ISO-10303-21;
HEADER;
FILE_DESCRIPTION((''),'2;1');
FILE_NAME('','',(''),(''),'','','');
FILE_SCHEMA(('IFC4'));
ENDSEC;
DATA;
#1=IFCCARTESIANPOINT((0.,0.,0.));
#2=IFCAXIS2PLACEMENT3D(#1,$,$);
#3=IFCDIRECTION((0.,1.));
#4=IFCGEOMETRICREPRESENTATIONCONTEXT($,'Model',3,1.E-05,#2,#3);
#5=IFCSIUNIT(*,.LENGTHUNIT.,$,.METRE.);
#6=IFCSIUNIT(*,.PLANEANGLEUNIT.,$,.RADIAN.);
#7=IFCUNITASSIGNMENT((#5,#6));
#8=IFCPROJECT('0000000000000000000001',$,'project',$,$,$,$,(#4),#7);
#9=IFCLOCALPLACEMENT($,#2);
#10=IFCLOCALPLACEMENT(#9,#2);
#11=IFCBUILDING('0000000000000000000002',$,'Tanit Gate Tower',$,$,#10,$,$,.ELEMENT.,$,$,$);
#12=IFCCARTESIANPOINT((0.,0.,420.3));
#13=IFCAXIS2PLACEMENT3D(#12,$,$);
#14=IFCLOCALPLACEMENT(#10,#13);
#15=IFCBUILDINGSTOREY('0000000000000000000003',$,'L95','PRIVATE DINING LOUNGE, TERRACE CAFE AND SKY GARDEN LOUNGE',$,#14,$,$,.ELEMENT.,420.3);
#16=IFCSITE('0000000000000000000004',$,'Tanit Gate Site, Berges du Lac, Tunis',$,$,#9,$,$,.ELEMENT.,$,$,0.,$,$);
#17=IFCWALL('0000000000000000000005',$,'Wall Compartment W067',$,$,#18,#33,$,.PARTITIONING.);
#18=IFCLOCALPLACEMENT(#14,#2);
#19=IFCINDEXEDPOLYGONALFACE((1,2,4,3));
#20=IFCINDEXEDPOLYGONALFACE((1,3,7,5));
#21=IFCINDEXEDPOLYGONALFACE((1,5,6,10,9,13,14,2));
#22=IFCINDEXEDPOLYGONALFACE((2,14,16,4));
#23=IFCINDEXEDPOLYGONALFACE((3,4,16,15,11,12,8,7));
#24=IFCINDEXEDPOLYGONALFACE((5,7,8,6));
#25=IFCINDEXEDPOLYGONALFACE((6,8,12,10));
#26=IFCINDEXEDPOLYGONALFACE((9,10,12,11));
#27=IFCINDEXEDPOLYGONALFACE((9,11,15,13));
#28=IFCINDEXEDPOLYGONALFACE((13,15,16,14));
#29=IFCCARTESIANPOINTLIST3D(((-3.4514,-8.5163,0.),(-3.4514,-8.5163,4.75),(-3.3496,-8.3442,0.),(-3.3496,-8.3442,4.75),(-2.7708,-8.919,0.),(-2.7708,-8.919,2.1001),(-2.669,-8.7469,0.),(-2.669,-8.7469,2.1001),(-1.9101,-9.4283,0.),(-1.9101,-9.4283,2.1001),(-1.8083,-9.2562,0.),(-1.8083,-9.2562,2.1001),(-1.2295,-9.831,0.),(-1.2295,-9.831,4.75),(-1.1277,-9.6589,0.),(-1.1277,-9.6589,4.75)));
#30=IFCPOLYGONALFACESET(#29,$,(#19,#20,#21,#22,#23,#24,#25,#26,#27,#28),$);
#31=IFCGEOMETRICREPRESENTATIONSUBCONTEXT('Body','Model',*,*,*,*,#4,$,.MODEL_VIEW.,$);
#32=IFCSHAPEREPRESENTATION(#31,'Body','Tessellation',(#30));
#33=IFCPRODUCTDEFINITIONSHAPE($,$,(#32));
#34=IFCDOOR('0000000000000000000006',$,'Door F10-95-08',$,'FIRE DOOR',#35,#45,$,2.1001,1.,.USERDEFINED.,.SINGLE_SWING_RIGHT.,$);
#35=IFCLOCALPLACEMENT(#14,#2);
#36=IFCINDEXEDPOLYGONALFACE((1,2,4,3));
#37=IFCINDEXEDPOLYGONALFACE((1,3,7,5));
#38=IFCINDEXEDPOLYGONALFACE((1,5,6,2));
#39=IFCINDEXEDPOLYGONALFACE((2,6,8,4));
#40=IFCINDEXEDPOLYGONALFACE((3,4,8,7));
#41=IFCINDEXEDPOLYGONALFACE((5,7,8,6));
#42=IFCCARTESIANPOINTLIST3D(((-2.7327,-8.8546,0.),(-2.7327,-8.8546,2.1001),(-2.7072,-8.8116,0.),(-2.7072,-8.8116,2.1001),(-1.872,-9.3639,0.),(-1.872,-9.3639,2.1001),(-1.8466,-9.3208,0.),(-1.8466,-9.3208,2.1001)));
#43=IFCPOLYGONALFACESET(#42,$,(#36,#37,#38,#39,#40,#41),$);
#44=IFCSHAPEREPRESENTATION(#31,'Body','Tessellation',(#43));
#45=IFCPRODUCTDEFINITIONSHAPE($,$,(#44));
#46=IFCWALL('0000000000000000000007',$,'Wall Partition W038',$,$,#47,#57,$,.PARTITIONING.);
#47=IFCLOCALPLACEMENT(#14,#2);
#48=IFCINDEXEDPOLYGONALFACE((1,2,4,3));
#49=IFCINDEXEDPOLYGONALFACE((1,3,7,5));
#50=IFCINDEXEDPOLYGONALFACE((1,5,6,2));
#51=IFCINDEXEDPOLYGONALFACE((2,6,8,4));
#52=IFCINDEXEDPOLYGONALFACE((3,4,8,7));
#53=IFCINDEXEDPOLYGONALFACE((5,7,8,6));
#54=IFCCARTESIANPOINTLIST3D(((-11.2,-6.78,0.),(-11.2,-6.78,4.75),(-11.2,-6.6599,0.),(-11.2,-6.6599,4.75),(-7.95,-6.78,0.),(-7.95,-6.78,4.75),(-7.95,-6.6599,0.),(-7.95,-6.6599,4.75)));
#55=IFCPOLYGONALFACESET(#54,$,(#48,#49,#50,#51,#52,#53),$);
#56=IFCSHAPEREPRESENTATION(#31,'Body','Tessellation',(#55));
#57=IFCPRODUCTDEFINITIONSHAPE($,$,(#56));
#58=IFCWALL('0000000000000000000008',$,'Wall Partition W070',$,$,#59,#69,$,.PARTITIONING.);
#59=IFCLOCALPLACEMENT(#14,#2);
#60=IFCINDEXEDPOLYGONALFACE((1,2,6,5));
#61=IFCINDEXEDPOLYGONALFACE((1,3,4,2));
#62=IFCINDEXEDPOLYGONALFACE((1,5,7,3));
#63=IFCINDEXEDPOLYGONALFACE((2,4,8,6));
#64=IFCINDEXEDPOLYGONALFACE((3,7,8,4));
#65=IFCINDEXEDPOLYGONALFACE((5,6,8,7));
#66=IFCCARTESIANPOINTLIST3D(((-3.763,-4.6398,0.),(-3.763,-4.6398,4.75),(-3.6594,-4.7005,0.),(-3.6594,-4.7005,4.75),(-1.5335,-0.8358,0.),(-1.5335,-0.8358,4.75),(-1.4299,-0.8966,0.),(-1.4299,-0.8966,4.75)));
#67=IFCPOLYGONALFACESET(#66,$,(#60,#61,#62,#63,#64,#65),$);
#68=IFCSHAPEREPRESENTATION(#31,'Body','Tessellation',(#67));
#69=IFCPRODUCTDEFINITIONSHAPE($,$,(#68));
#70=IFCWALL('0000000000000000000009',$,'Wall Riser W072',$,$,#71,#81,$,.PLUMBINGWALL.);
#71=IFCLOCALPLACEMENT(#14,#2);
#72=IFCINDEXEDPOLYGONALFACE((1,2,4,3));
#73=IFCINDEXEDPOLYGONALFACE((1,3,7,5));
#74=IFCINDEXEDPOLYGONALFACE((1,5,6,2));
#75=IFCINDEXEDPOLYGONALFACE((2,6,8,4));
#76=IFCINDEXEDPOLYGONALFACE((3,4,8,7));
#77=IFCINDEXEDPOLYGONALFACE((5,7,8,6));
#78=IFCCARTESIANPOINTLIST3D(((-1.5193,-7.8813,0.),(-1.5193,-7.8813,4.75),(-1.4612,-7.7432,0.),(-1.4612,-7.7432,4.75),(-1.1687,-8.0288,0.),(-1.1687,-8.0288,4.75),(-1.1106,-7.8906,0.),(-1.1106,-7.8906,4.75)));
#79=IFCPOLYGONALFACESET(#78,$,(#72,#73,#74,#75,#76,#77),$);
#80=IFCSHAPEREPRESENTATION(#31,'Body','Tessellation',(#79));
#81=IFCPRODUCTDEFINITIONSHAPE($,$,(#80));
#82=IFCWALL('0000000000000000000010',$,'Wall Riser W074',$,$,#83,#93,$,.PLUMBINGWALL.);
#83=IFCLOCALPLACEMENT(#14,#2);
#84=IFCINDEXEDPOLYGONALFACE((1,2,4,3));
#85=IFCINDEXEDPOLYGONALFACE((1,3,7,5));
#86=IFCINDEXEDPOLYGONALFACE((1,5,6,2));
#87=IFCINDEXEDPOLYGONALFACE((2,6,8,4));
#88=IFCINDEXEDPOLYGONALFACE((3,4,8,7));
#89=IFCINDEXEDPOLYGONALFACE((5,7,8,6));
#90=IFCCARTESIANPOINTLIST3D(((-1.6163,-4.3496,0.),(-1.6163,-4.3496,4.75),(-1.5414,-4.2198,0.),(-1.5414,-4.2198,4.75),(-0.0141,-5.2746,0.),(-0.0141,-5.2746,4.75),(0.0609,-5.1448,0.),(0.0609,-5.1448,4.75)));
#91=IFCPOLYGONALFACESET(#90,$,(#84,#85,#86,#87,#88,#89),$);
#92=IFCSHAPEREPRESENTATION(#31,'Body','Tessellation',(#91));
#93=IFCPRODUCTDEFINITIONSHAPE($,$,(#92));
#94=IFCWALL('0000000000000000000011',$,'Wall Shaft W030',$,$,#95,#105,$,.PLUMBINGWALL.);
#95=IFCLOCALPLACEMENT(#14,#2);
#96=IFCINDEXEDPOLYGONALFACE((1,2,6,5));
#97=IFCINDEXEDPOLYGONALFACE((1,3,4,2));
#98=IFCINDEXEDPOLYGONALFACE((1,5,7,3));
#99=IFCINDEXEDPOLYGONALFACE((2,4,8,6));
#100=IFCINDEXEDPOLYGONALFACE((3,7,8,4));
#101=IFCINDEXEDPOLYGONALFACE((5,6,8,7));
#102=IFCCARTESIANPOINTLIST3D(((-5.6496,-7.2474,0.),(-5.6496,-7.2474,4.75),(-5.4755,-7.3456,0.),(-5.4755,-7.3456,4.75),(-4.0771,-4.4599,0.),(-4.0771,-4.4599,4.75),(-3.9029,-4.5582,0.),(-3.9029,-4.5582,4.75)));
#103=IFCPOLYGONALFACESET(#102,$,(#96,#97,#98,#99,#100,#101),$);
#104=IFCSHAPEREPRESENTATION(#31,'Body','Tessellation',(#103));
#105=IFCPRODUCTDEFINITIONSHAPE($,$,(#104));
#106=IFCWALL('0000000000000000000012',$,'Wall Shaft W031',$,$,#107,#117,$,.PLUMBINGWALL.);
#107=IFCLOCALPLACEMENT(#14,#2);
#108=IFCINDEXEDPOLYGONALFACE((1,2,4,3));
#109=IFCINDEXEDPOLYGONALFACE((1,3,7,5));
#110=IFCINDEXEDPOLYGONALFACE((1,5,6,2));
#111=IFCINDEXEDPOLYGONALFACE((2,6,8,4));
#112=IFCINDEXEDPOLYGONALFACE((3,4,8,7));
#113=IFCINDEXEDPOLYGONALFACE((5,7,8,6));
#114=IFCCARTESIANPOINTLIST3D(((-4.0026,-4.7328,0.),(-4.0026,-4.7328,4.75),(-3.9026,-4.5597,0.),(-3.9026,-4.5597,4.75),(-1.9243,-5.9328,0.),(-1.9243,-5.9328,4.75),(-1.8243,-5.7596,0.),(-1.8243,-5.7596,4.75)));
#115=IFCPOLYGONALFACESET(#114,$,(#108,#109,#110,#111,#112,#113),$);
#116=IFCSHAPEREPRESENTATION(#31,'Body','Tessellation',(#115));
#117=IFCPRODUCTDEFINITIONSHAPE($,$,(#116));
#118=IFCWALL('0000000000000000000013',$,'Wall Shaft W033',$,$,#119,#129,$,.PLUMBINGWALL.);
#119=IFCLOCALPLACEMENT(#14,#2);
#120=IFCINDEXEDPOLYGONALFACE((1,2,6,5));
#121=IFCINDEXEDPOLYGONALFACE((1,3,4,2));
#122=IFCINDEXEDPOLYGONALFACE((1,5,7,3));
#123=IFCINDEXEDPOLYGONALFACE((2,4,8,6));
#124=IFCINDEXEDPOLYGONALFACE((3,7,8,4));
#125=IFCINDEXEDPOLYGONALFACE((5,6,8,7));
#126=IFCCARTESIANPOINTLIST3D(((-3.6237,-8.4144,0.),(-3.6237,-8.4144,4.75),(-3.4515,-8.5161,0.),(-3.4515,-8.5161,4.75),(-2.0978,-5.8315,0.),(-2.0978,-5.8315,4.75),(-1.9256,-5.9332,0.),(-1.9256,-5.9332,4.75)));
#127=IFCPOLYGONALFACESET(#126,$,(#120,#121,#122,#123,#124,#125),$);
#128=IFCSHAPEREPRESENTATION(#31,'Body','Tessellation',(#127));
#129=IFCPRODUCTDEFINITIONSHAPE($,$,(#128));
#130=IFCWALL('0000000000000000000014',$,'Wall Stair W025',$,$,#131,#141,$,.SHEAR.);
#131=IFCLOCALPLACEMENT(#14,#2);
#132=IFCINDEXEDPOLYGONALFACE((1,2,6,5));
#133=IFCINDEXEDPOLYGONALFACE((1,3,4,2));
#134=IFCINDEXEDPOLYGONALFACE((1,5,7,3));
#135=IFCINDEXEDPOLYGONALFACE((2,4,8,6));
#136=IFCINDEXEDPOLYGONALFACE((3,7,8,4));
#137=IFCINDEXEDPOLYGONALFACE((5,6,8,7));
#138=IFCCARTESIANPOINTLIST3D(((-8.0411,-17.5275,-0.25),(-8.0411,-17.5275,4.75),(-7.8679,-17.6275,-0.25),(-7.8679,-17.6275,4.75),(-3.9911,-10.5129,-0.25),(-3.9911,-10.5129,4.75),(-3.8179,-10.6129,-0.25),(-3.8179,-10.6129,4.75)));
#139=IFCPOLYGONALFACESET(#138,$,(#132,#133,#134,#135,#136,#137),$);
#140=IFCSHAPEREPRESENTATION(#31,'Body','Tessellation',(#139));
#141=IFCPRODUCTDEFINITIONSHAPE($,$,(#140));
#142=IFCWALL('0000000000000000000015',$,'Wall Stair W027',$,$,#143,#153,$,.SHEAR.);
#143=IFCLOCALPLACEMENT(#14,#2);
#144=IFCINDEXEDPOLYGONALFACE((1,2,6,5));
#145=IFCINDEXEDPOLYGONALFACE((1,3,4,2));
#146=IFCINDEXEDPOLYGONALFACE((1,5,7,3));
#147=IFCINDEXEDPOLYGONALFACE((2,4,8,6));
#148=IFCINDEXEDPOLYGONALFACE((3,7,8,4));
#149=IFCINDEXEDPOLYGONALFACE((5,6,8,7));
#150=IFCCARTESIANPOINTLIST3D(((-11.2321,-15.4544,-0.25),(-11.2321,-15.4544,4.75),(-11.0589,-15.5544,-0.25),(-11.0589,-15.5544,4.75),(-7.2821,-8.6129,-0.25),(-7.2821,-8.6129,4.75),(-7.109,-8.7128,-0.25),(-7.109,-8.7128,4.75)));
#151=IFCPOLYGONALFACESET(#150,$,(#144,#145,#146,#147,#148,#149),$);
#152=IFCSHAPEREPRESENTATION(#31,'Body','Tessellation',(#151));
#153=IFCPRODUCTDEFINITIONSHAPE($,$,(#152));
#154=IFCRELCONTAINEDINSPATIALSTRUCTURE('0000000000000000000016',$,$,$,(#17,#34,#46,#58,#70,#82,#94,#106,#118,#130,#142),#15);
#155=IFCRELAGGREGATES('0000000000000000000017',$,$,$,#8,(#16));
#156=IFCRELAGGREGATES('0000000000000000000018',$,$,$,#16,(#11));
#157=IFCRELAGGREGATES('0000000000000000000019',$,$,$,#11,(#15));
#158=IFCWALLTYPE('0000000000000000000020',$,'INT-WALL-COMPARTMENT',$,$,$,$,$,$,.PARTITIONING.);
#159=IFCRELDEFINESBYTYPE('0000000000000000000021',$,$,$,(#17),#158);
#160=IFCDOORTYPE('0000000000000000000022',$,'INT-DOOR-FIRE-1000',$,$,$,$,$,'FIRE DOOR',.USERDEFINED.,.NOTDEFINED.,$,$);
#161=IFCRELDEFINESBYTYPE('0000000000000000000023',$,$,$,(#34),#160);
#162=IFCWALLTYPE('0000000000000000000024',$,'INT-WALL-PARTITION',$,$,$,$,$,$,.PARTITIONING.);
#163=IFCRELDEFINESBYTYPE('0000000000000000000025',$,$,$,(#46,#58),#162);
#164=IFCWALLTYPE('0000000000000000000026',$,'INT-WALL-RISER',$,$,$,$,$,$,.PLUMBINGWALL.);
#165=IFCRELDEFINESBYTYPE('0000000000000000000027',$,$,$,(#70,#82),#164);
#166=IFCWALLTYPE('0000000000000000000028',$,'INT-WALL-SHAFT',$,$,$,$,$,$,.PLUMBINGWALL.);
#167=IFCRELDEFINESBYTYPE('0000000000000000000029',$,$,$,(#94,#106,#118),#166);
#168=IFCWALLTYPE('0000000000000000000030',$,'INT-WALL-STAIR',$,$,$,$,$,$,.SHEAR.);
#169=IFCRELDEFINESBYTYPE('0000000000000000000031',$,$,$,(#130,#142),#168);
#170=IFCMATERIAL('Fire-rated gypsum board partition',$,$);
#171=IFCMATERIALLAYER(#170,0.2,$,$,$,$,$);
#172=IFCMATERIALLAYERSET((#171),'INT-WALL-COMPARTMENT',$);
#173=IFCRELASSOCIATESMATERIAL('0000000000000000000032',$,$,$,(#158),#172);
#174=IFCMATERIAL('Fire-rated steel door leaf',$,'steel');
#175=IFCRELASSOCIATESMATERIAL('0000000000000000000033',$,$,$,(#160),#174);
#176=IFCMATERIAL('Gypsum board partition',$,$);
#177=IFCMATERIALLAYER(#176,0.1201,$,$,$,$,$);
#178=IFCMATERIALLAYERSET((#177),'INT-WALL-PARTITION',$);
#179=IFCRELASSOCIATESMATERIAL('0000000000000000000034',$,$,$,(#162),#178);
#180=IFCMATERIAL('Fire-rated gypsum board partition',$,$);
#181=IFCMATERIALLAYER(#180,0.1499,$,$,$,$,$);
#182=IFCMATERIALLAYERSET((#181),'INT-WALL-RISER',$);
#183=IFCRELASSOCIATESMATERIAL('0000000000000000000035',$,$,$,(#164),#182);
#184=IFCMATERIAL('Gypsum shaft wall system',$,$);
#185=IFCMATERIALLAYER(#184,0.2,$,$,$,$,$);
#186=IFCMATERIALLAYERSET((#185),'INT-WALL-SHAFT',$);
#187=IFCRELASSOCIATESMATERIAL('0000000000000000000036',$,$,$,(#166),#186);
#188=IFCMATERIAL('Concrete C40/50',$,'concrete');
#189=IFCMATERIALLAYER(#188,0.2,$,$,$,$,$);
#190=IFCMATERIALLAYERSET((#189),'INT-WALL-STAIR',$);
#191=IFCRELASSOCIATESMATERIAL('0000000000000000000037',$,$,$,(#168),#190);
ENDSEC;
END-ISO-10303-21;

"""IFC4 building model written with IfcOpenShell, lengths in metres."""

from ifc_helpers import new_model, si_unit, direction, frame, frame_2d, origin, place, context, subcontext, project, spatial, rectangle, extrude, material, layer, layer_set, type_object, element, fill, save


model = new_model("IFC4")

# Units and contexts
model_context = context("Model", 3, precision=1e-05, world=origin(), true_north=direction((0.0, 1.0)))
body_context = subcontext(model_context, "Body", "Model", "MODEL_VIEW")
ifc_project = project(units=[si_unit("LENGTHUNIT", "METRE"), si_unit("PLANEANGLEUNIT", "RADIAN")], contexts=[model_context])

# Site, building, storey
site_placement = place(None, origin())
site = spatial("IfcSite", under=ifc_project, at=site_placement, Name="Tanit Gate Site, Berges du Lac, Tunis", CompositionType="ELEMENT", RefElevation=0.0)
building_placement = place(site_placement, origin())
building = spatial("IfcBuilding", under=site, at=building_placement, Name="Tanit Gate Tower", CompositionType="ELEMENT")
storey_placement = place(building_placement, frame((0.0, 0.0, 420.3)))
storey = spatial("IfcBuildingStorey", under=building, at=storey_placement, Name="L95", Description="PRIVATE DINING LOUNGE, TERRACE CAFE AND SKY GARDEN LOUNGE", CompositionType="ELEMENT", Elevation=420.3)

# Shared definitions
ifc_material_1 = material(Name="Fire-rated gypsum board partition")
ifc_layer_1 = layer(ifc_material_1, 0.2)
ifc_layer_set_1 = layer_set([ifc_layer_1], Name="INT-WALL-COMPARTMENT")
wall_type_1 = type_object("IfcWallType", Name="INT-WALL-COMPARTMENT", PredefinedType="PARTITIONING", material=ifc_layer_set_1)

# Wall, opening, door
wall_1_placement = place(storey_placement, frame((-3.4006, -8.4302, 0.0), z_axis=(0.0, 0.0, 1.0), x_axis=(0.860631, -0.509229, 0.0)))
wall_1 = element("IfcWall", 1, at=wall_1_placement, inside=storey, type_object=wall_type_1, Name="Wall Compartment W067", PredefinedType="PARTITIONING", context=body_context, shape_type="SweptSolid", body=[
    extrude(rectangle(XDim=2.5818, YDim=0.2, at=frame_2d((1.291, 0.0))), origin(), (0.0, 0.0, 1.0), 4.75),
])
opening_1_placement = place(wall_1_placement, frame((0.791, 0.0, 0.0)))
opening_1 = element("IfcOpeningElement", 2, at=opening_1_placement, cuts=wall_1, PredefinedType="OPENING", context=body_context, shape_type="SweptSolid", body=[
    extrude(rectangle(XDim=1.0, YDim=2.1001, at=frame_2d((0.5, 1.05))), frame((0.0, 0.1099, 0.0), z_axis=(0.0, -1.0, 0.0), x_axis=(1.0, 0.0, 0.0)), (0.0, 0.0, 1.0), 0.22),
])
ifc_material_2 = material(Name="Fire-rated steel door leaf", Category="steel")
door_type_1 = type_object("IfcDoorType", Name="INT-DOOR-FIRE-1000", ElementType="FIRE DOOR", OperationType="NOTDEFINED", PredefinedType="USERDEFINED", material=ifc_material_2)
door_1_placement = place(opening_1_placement, origin())
door_1 = element("IfcDoor", 3, at=door_1_placement, inside=storey, type_object=door_type_1, Name="Door F10-95-08", ObjectType="FIRE DOOR", OperationType="SINGLE_SWING_RIGHT", OverallHeight=2.1001, OverallWidth=1.0, PredefinedType="USERDEFINED", context=body_context, shape_type="SweptSolid", body=[
    extrude(rectangle(XDim=1.0, YDim=2.1001, at=frame_2d((0.5, 1.05))), frame((0.0, 0.0249, 0.0), z_axis=(0.0, -1.0, 0.0), x_axis=(1.0, 0.0, 0.0)), (0.0, 0.0, 1.0), 0.05),
])
fill(opening_1, door_1)

# Walls
ifc_material_3 = material(Name="Gypsum board partition")
ifc_layer_2 = layer(ifc_material_3, 0.1201)
ifc_layer_set_2 = layer_set([ifc_layer_2], Name="INT-WALL-PARTITION")
wall_type_2 = type_object("IfcWallType", Name="INT-WALL-PARTITION", PredefinedType="PARTITIONING", material=ifc_layer_set_2)
wall_2_placement = place(storey_placement, frame((-11.2, -6.72, 0.0), z_axis=(0.0, 0.0, 1.0), x_axis=(1.0, 0.0, 0.0)))
element("IfcWall", 4, at=wall_2_placement, inside=storey, type_object=wall_type_2, Name="Wall Partition W038", PredefinedType="PARTITIONING", context=body_context, shape_type="SweptSolid", body=[
    extrude(rectangle(XDim=3.25, YDim=0.1201, at=frame_2d((1.625, 0.0))), origin(), (0.0, 0.0, 1.0), 4.75),
])
wall_3_placement = place(storey_placement, frame((-3.7112, -4.6702, 0.0), z_axis=(0.0, 0.0, 1.0), x_axis=(0.50565, 0.862739, 0.0)))
element("IfcWall", 5, at=wall_3_placement, inside=storey, type_object=wall_type_2, Name="Wall Partition W070", PredefinedType="PARTITIONING", context=body_context, shape_type="SweptSolid", body=[
    extrude(rectangle(XDim=4.4092, YDim=0.1201, at=frame_2d((2.2046, 0.0))), origin(), (0.0, 0.0, 1.0), 4.75),
])
ifc_material_4 = material(Name="Fire-rated gypsum board partition")
ifc_layer_3 = layer(ifc_material_4, 0.1499)
ifc_layer_set_3 = layer_set([ifc_layer_3], Name="INT-WALL-RISER")
wall_type_3 = type_object("IfcWallType", Name="INT-WALL-RISER", PredefinedType="PLUMBINGWALL", material=ifc_layer_set_3)
wall_4_placement = place(storey_placement, frame((-1.4902, -7.8123, 0.0), z_axis=(0.0, 0.0, 1.0), x_axis=(0.92178, -0.387713, 0.0)))
element("IfcWall", 6, at=wall_4_placement, inside=storey, type_object=wall_type_3, Name="Wall Riser W072", PredefinedType="PLUMBINGWALL", context=body_context, shape_type="SweptSolid", body=[
    extrude(rectangle(XDim=0.3804, YDim=0.1499, at=frame_2d((0.1902, 0.0))), origin(), (0.0, 0.0, 1.0), 4.75),
])
wall_5_placement = place(storey_placement, frame((-1.5789, -4.2847, 0.0), z_axis=(0.0, 0.0, 1.0), x_axis=(0.866034, -0.499985, 0.0)))
element("IfcWall", 7, at=wall_5_placement, inside=storey, type_object=wall_type_3, Name="Wall Riser W074", PredefinedType="PLUMBINGWALL", context=body_context, shape_type="SweptSolid", body=[
    extrude(rectangle(XDim=1.8501, YDim=0.1499, at=frame_2d((0.925, 0.0))), origin(), (0.0, 0.0, 1.0), 4.75),
])

# Shared definitions
ifc_material_5 = material(Name="Gypsum shaft wall system")
ifc_layer_4 = layer(ifc_material_5, 0.2)
ifc_layer_set_4 = layer_set([ifc_layer_4], Name="INT-WALL-SHAFT")
wall_type_4 = type_object("IfcWallType", Name="INT-WALL-SHAFT", PredefinedType="PLUMBINGWALL", material=ifc_layer_set_4)

# Walls
wall_6_placement = place(storey_placement, frame((-5.5625, -7.2964, 0.0), z_axis=(0.0, 0.0, 1.0), x_axis=(0.491358, 0.870958, 0.0)))
element("IfcWall", 8, at=wall_6_placement, inside=storey, type_object=wall_type_4, Name="Wall Shaft W030", PredefinedType="PLUMBINGWALL", context=body_context, shape_type="SweptSolid", body=[
    extrude(rectangle(XDim=3.2004, YDim=0.2, at=frame_2d((1.6001, 0.0))), origin(), (0.0, 0.0, 1.0), 4.75),
])
wall_7_placement = place(storey_placement, frame((-3.9526, -4.6462, 0.0), z_axis=(0.0, 0.0, 1.0), x_axis=(0.866025, -0.500001, 0.0)))
element("IfcWall", 9, at=wall_7_placement, inside=storey, type_object=wall_type_4, Name="Wall Shaft W031", PredefinedType="PLUMBINGWALL", context=body_context, shape_type="SweptSolid", body=[
    extrude(rectangle(XDim=2.3999, YDim=0.2, at=frame_2d((1.2, 0.0))), origin(), (0.0, 0.0, 1.0), 4.75),
])
wall_8_placement = place(storey_placement, frame((-2.0117, -5.8823, 0.0), z_axis=(0.0, 0.0, 1.0), x_axis=(-0.50862, -0.860991, 0.0)))
element("IfcWall", 10, at=wall_8_placement, inside=storey, type_object=wall_type_4, Name="Wall Shaft W033", PredefinedType="PLUMBINGWALL", context=body_context, shape_type="SweptSolid", body=[
    extrude(rectangle(XDim=3.0, YDim=0.2, at=frame_2d((1.5, 0.0))), origin(), (0.0, 0.0, 1.0), 4.75),
])
ifc_material_6 = material(Name="Concrete C40/50", Category="concrete")
ifc_layer_5 = layer(ifc_material_6, 0.2)
ifc_layer_set_5 = layer_set([ifc_layer_5], Name="INT-WALL-STAIR")
wall_type_5 = type_object("IfcWallType", Name="INT-WALL-STAIR", PredefinedType="SHEAR", material=ifc_layer_set_5)
wall_9_placement = place(storey_placement, frame((-3.9045, -10.563, -0.25), z_axis=(0.0, 0.0, 1.0), x_axis=(-0.500013, -0.866018, 0.0)))
element("IfcWall", 11, at=wall_9_placement, inside=storey, type_object=wall_type_5, Name="Wall Stair W025", PredefinedType="SHEAR", context=body_context, shape_type="SweptSolid", body=[
    extrude(rectangle(XDim=8.0999, YDim=0.2, at=frame_2d((4.0498, 0.0))), origin(), (0.0, 0.0, 1.0), 5.0),
])
wall_10_placement = place(storey_placement, frame((-7.1956, -8.6628, -0.25), z_axis=(0.0, 0.0, 1.0), x_axis=(-0.499998, -0.866027, 0.0)))
element("IfcWall", 12, at=wall_10_placement, inside=storey, type_object=wall_type_5, Name="Wall Stair W027", PredefinedType="SHEAR", context=body_context, shape_type="SweptSolid", body=[
    extrude(rectangle(XDim=7.8999, YDim=0.2, at=frame_2d((3.95, 0.0))), origin(), (0.0, 0.0, 1.0), 5.0),
])

save(model, "model.ifc")
